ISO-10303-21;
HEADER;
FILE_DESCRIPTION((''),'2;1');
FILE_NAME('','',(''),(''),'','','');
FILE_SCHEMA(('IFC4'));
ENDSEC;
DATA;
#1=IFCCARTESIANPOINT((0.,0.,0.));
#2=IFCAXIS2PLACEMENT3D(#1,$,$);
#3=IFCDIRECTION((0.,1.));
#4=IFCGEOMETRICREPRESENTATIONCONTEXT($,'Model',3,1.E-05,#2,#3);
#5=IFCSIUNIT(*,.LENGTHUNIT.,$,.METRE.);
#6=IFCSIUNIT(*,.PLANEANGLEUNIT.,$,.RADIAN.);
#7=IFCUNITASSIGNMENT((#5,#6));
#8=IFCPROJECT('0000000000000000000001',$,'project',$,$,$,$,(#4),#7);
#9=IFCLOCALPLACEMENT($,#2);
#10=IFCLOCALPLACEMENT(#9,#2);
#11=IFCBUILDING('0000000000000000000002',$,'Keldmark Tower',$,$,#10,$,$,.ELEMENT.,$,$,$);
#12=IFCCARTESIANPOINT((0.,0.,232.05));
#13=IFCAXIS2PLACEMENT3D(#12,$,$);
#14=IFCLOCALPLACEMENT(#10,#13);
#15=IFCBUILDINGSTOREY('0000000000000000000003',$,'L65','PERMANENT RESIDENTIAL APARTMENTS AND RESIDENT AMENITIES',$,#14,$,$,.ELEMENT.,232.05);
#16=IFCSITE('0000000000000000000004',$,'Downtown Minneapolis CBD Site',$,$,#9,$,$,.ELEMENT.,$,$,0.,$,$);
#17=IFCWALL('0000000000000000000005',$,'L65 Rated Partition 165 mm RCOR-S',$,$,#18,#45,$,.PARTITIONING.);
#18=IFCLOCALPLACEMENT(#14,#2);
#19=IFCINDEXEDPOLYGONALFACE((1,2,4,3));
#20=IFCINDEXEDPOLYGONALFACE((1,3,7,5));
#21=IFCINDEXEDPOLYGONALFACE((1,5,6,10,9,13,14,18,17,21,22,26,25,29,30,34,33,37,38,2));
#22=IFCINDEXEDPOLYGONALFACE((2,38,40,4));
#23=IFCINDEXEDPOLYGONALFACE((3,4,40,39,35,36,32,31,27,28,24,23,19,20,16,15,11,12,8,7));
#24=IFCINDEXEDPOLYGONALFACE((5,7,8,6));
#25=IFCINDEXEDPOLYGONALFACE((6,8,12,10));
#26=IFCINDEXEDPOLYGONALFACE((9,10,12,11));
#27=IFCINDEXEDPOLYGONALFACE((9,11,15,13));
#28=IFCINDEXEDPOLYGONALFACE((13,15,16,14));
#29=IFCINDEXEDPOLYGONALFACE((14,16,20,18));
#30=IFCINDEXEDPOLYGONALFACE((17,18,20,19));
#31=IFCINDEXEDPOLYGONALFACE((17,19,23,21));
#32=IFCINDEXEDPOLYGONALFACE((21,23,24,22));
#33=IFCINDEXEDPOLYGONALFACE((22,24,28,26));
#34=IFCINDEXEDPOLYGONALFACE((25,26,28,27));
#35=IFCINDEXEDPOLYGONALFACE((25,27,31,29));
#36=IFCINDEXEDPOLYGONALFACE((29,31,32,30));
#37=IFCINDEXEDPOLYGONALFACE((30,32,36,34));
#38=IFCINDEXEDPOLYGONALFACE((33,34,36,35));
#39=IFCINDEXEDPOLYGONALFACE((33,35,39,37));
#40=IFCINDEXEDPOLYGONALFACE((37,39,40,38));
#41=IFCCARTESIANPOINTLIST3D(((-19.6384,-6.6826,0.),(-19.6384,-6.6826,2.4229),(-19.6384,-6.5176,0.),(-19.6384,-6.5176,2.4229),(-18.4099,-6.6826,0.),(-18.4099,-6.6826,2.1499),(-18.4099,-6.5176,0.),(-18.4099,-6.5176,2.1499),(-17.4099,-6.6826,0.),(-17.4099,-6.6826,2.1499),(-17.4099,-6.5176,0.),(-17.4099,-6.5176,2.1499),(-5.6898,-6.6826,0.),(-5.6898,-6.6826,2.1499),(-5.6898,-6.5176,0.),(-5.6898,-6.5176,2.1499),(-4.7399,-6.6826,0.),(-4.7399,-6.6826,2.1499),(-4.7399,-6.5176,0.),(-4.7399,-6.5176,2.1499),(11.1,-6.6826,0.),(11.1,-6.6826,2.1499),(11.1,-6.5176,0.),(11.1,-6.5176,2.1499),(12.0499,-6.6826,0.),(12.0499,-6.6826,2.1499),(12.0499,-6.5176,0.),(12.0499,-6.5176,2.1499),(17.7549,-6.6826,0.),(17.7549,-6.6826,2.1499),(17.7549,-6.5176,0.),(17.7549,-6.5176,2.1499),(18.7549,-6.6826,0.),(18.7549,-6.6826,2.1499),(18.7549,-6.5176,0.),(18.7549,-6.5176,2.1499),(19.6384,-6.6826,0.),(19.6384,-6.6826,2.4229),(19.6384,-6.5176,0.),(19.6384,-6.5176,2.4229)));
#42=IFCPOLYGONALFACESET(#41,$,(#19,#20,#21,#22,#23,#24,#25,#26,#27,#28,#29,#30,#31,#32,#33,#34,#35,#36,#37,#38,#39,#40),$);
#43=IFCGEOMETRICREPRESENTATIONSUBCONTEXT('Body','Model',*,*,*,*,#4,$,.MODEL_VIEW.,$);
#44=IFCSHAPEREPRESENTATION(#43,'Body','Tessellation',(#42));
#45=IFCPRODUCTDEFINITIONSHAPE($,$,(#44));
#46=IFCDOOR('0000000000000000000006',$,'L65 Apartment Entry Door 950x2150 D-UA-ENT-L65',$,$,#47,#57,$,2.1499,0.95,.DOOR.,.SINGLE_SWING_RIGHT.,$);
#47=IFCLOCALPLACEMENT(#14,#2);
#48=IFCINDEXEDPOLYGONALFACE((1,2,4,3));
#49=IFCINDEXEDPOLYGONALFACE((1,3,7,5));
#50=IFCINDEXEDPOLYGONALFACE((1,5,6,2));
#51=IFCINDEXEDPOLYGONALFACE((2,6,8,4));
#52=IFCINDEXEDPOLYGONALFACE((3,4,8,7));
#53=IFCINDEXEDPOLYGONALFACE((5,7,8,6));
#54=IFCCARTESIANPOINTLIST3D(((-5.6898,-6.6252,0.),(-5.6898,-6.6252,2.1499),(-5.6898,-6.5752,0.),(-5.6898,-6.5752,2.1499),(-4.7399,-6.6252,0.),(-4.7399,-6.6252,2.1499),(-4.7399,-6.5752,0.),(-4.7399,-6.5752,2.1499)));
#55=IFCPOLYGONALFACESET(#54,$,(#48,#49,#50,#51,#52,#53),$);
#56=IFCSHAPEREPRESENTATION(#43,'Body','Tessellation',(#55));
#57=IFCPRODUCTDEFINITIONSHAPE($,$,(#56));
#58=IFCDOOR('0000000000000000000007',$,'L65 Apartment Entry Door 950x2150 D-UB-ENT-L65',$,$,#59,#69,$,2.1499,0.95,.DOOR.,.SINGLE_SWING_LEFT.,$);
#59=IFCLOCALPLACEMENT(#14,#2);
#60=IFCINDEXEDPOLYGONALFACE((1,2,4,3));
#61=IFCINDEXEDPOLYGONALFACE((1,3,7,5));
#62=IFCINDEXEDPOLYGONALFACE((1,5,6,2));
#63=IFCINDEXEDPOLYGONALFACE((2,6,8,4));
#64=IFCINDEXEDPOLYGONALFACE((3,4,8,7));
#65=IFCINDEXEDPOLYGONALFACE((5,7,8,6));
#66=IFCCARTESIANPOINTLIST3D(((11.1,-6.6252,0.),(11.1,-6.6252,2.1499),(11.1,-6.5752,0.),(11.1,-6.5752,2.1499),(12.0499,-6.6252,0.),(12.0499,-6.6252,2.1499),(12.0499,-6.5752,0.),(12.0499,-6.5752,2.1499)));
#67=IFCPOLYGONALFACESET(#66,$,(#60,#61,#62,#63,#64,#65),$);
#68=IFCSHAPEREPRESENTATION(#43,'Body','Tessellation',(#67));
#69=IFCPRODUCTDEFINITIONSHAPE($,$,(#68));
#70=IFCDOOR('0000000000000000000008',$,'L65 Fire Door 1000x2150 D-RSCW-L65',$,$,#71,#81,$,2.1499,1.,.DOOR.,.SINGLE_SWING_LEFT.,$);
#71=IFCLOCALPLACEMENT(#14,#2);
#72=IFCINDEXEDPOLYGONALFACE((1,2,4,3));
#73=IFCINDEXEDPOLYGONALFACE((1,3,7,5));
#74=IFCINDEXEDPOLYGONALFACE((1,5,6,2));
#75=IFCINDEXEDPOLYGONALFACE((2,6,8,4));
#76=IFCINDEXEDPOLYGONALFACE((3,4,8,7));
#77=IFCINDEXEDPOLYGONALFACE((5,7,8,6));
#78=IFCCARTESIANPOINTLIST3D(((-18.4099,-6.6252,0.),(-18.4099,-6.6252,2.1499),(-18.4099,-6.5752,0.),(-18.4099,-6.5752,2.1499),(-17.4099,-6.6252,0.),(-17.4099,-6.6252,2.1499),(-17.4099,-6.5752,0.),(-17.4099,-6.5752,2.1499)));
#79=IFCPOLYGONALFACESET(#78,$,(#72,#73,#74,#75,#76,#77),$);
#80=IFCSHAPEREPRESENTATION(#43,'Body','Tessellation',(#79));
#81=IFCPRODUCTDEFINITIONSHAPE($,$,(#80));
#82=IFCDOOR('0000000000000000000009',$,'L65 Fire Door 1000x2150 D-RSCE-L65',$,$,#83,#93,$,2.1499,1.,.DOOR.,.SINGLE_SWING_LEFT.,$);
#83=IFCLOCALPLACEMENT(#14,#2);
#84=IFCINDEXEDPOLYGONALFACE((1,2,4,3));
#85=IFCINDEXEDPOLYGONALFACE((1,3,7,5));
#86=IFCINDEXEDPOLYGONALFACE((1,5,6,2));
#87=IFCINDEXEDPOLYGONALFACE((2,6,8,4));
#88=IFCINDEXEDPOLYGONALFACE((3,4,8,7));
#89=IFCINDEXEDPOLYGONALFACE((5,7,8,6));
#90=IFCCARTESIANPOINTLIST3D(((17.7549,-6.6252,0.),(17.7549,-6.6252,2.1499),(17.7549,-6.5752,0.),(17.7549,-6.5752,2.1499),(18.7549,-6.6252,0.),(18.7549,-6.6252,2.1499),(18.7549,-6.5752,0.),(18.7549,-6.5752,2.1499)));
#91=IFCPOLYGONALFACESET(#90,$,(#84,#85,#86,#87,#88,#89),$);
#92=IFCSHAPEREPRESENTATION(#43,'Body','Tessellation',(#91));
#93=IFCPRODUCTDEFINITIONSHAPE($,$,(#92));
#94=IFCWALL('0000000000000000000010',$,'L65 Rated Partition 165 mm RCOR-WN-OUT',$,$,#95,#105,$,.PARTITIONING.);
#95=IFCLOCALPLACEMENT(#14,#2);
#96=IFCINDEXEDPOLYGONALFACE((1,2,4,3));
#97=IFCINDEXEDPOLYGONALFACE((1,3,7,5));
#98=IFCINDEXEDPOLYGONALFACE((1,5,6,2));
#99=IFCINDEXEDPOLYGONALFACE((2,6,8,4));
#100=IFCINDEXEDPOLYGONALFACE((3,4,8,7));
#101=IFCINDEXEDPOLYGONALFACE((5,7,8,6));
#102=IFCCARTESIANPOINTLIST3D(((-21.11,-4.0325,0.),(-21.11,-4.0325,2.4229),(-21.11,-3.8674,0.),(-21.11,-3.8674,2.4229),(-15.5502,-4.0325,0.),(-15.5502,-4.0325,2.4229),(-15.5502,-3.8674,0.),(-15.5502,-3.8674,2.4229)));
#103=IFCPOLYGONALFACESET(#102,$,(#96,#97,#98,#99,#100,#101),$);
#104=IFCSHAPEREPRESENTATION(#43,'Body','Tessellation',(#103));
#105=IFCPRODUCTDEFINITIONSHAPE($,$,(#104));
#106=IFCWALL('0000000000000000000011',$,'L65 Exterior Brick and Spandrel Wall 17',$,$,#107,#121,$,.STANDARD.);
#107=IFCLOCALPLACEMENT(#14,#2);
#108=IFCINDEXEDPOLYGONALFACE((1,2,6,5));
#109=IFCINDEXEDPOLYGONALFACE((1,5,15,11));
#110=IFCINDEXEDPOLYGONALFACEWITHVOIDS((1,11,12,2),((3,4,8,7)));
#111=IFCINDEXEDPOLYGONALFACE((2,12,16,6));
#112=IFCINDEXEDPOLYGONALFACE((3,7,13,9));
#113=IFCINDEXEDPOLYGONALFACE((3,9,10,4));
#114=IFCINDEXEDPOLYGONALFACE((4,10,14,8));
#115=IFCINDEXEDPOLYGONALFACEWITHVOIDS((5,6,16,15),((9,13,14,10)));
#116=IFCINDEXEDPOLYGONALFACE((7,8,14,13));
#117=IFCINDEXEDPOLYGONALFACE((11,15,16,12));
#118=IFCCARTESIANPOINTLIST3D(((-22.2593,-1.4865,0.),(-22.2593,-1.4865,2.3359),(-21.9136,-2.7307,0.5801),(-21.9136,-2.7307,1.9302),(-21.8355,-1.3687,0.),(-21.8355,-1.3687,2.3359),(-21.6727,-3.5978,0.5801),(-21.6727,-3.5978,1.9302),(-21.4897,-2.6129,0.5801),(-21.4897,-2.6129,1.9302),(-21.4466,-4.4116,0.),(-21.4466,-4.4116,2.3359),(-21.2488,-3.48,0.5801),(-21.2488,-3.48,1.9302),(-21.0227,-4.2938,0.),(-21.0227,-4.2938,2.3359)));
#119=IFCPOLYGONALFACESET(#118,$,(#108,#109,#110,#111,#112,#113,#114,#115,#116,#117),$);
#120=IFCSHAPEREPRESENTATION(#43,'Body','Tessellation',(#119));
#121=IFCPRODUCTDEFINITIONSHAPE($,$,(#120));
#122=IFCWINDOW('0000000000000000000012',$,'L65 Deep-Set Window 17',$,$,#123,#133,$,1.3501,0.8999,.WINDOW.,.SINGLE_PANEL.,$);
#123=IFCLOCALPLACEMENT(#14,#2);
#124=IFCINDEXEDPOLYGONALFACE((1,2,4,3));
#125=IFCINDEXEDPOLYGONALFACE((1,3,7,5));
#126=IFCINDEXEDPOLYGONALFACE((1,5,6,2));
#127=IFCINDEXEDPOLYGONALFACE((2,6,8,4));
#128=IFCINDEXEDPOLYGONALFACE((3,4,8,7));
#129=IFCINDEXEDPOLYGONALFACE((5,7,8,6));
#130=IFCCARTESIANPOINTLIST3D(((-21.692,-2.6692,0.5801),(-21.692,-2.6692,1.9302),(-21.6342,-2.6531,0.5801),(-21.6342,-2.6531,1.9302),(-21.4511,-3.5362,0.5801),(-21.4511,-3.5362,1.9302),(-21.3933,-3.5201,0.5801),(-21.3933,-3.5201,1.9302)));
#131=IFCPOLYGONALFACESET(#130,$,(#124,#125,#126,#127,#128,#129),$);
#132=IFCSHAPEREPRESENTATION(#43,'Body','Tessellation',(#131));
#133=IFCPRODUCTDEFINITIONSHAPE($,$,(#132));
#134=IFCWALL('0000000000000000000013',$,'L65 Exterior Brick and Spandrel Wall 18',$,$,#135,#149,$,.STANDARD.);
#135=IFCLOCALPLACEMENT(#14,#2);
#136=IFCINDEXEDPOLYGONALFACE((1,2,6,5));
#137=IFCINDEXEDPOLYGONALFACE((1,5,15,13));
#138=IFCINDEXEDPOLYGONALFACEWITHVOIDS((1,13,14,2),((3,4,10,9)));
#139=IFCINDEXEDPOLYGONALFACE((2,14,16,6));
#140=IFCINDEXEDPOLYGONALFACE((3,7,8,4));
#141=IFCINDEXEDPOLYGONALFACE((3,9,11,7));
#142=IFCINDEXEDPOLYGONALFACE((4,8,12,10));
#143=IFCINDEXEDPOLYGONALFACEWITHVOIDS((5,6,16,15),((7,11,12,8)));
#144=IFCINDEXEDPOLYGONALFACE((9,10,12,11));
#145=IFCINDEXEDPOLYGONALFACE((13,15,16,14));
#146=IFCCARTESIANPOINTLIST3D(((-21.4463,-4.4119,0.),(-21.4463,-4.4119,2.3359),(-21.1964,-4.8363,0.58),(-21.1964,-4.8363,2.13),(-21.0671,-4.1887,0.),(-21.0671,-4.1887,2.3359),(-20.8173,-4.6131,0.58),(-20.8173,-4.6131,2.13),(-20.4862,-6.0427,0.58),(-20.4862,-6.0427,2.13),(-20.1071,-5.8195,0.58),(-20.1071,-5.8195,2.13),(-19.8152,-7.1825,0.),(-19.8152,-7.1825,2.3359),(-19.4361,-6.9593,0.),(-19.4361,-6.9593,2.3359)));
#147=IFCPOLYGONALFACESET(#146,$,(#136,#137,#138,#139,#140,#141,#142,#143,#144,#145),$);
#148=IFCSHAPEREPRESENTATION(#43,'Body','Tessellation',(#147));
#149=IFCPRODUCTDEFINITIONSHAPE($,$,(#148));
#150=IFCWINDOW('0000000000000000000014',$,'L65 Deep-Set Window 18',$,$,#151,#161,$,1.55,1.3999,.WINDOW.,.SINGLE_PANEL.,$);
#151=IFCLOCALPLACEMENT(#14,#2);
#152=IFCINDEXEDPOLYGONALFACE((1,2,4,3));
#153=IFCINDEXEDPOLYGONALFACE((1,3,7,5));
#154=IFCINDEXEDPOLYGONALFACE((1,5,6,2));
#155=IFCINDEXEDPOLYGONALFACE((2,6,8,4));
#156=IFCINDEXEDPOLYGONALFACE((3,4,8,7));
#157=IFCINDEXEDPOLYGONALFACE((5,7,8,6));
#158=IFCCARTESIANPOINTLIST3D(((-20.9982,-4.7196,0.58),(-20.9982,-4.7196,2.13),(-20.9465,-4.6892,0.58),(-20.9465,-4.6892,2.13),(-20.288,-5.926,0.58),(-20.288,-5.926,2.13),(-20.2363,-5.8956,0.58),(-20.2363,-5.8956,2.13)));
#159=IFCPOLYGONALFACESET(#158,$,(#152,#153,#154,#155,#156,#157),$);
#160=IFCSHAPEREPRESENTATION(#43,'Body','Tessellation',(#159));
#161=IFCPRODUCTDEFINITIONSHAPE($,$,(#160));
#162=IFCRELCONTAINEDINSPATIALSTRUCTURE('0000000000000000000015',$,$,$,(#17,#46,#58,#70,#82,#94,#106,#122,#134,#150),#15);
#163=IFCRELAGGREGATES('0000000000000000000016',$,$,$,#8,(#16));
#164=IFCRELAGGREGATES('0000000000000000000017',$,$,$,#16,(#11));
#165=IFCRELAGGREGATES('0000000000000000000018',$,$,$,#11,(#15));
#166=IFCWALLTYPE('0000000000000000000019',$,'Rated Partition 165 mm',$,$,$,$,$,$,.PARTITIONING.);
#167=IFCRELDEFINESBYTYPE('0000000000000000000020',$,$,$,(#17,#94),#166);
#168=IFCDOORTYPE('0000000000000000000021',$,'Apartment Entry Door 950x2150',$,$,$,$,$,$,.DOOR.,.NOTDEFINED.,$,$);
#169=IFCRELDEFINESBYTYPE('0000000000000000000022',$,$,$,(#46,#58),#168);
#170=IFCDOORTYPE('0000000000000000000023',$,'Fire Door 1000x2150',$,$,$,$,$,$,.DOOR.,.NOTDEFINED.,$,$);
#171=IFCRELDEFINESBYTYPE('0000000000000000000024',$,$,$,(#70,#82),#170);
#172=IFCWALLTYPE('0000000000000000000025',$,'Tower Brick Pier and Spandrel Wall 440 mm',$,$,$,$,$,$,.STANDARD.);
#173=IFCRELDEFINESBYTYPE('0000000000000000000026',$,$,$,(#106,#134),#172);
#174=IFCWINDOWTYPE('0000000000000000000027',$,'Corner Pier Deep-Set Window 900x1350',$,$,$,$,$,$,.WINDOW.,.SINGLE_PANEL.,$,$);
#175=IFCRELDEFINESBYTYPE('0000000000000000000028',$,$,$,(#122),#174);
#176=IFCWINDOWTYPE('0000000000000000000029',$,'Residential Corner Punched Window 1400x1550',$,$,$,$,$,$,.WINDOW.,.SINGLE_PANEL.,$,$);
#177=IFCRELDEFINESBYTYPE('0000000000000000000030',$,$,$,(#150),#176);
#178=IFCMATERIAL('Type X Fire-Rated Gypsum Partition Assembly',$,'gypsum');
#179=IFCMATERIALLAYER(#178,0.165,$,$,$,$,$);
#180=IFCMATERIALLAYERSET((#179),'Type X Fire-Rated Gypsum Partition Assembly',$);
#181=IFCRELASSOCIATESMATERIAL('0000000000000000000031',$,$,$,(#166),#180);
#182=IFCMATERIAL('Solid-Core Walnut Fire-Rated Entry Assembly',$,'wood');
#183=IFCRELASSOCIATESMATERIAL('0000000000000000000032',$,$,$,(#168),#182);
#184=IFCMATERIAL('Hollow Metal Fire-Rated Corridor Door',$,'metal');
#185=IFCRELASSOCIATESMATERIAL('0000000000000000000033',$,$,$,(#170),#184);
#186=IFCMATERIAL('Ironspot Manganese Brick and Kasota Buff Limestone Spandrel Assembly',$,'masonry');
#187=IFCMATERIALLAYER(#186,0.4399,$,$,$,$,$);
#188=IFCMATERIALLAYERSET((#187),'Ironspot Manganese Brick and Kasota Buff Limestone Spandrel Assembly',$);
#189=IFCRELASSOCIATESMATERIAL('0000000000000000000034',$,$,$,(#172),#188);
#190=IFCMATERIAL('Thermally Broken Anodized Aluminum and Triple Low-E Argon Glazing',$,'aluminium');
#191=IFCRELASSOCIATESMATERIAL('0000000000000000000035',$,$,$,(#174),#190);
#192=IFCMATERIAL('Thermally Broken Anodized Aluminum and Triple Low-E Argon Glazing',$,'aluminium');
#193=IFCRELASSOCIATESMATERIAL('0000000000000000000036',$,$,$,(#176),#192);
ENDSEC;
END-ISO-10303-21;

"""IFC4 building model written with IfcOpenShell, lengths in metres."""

from ifc_helpers import new_model, si_unit, direction, frame, frame_2d, origin, place, context, subcontext, project, spatial, rectangle, extrude, material, layer, layer_set, type_object, element, fill, save


model = new_model("IFC4")

# Units and contexts
model_context = context("Model", 3, precision=1e-05, world=origin(), true_north=direction((0.0, 1.0)))
body_context = subcontext(model_context, "Body", "Model", "MODEL_VIEW")
ifc_project = project(units=[si_unit("LENGTHUNIT", "METRE"), si_unit("PLANEANGLEUNIT", "RADIAN")], contexts=[model_context])

# Site, building, storey
site_placement = place(None, origin())
site = spatial("IfcSite", under=ifc_project, at=site_placement, Name="Downtown Minneapolis CBD Site", CompositionType="ELEMENT", RefElevation=0.0)
building_placement = place(site_placement, origin())
building = spatial("IfcBuilding", under=site, at=building_placement, Name="Keldmark Tower", CompositionType="ELEMENT")
storey_placement = place(building_placement, frame((0.0, 0.0, 232.05)))
storey = spatial("IfcBuildingStorey", under=building, at=storey_placement, Name="L65", Description="PERMANENT RESIDENTIAL APARTMENTS AND RESIDENT AMENITIES", CompositionType="ELEMENT", Elevation=232.05)

# Wall, openings, doors
ifc_material_1 = material(Name="Type X Fire-Rated Gypsum Partition Assembly", Category="gypsum")
ifc_layer_1 = layer(ifc_material_1, 0.165)
ifc_layer_set_1 = layer_set([ifc_layer_1], Name="Type X Fire-Rated Gypsum Partition Assembly")
wall_type_1 = type_object("IfcWallType", Name="Rated Partition 165 mm", PredefinedType="PARTITIONING", material=ifc_layer_set_1)
wall_1_placement = place(storey_placement, frame((-19.6384, -6.6001, 0.0), z_axis=(0.0, 0.0, 1.0), x_axis=(1.0, 0.0, 0.0)))
wall_1 = element("IfcWall", 1, at=wall_1_placement, inside=storey, type_object=wall_type_1, Name="L65 Rated Partition 165 mm RCOR-S", PredefinedType="PARTITIONING", context=body_context, shape_type="SweptSolid", body=[
    extrude(rectangle(XDim=39.2769, YDim=0.165, at=frame_2d((19.6384, 0.0))), origin(), (0.0, 0.0, 1.0), 2.4229),
])
opening_1_placement = place(wall_1_placement, frame((1.2285, 0.0, 0.0)))
opening_1 = element("IfcOpeningElement", 2, at=opening_1_placement, cuts=wall_1, PredefinedType="OPENING", context=body_context, shape_type="SweptSolid", body=[
    extrude(rectangle(XDim=1.0, YDim=2.1499, at=frame_2d((0.5, 1.075))), frame((0.0, 0.0925, 0.0), z_axis=(0.0, -1.0, 0.0), x_axis=(1.0, 0.0, 0.0)), (0.0, 0.0, 1.0), 0.1851),
])
opening_2_placement = place(wall_1_placement, frame((37.3933, 0.0, 0.0)))
opening_2 = element("IfcOpeningElement", 3, at=opening_2_placement, cuts=wall_1, PredefinedType="OPENING", context=body_context, shape_type="SweptSolid", body=[
    extrude(rectangle(XDim=1.0, YDim=2.1499, at=frame_2d((0.5, 1.075))), frame((0.0, 0.0925, 0.0), z_axis=(0.0, -1.0, 0.0), x_axis=(1.0, 0.0, 0.0)), (0.0, 0.0, 1.0), 0.1851),
])
opening_3_placement = place(wall_1_placement, frame((13.9485, 0.0, 0.0)))
opening_3 = element("IfcOpeningElement", 4, at=opening_3_placement, cuts=wall_1, PredefinedType="OPENING", context=body_context, shape_type="SweptSolid", body=[
    extrude(rectangle(XDim=0.95, YDim=2.1499, at=frame_2d((0.4751, 1.075))), frame((0.0, 0.0925, 0.0), z_axis=(0.0, -1.0, 0.0), x_axis=(1.0, 0.0, 0.0)), (0.0, 0.0, 1.0), 0.1851),
])
opening_4_placement = place(wall_1_placement, frame((30.7383, 0.0, 0.0)))
opening_4 = element("IfcOpeningElement", 5, at=opening_4_placement, cuts=wall_1, PredefinedType="OPENING", context=body_context, shape_type="SweptSolid", body=[
    extrude(rectangle(XDim=0.95, YDim=2.1499, at=frame_2d((0.4751, 1.075))), frame((0.0, 0.0925, 0.0), z_axis=(0.0, -1.0, 0.0), x_axis=(1.0, 0.0, 0.0)), (0.0, 0.0, 1.0), 0.1851),
])
ifc_material_2 = material(Name="Solid-Core Walnut Fire-Rated Entry Assembly", Category="wood")
door_type_1 = type_object("IfcDoorType", Name="Apartment Entry Door 950x2150", OperationType="NOTDEFINED", PredefinedType="DOOR", material=ifc_material_2)
door_1_placement = place(opening_3_placement, origin())
door_1 = element("IfcDoor", 6, at=door_1_placement, inside=storey, type_object=door_type_1, Name="L65 Apartment Entry Door 950x2150 D-UA-ENT-L65", OperationType="SINGLE_SWING_RIGHT", OverallHeight=2.1499, OverallWidth=0.95, PredefinedType="DOOR", context=body_context, shape_type="SweptSolid", body=[
    extrude(rectangle(XDim=0.95, YDim=2.1499, at=frame_2d((0.4751, 1.075))), frame((0.0, 0.0249, 0.0), z_axis=(0.0, -1.0, 0.0), x_axis=(1.0, 0.0, 0.0)), (0.0, 0.0, 1.0), 0.05),
])
fill(opening_3, door_1)
door_2_placement = place(opening_4_placement, origin())
door_2 = element("IfcDoor", 7, at=door_2_placement, inside=storey, type_object=door_type_1, Name="L65 Apartment Entry Door 950x2150 D-UB-ENT-L65", OperationType="SINGLE_SWING_LEFT", OverallHeight=2.1499, OverallWidth=0.95, PredefinedType="DOOR", context=body_context, shape_type="SweptSolid", body=[
    extrude(rectangle(XDim=0.95, YDim=2.1499, at=frame_2d((0.4751, 1.075))), frame((0.0, 0.0249, 0.0), z_axis=(0.0, -1.0, 0.0), x_axis=(1.0, 0.0, 0.0)), (0.0, 0.0, 1.0), 0.05),
])
fill(opening_4, door_2)
ifc_material_3 = material(Name="Hollow Metal Fire-Rated Corridor Door", Category="metal")
door_type_2 = type_object("IfcDoorType", Name="Fire Door 1000x2150", OperationType="NOTDEFINED", PredefinedType="DOOR", material=ifc_material_3)
door_3_placement = place(opening_1_placement, origin())
door_3 = element("IfcDoor", 8, at=door_3_placement, inside=storey, type_object=door_type_2, Name="L65 Fire Door 1000x2150 D-RSCW-L65", OperationType="SINGLE_SWING_LEFT", OverallHeight=2.1499, OverallWidth=1.0, PredefinedType="DOOR", context=body_context, shape_type="SweptSolid", body=[
    extrude(rectangle(XDim=1.0, YDim=2.1499, at=frame_2d((0.5, 1.075))), frame((0.0, 0.0249, 0.0), z_axis=(0.0, -1.0, 0.0), x_axis=(1.0, 0.0, 0.0)), (0.0, 0.0, 1.0), 0.05),
])
fill(opening_1, door_3)
door_4_placement = place(opening_2_placement, origin())
door_4 = element("IfcDoor", 9, at=door_4_placement, inside=storey, type_object=door_type_2, Name="L65 Fire Door 1000x2150 D-RSCE-L65", OperationType="SINGLE_SWING_LEFT", OverallHeight=2.1499, OverallWidth=1.0, PredefinedType="DOOR", context=body_context, shape_type="SweptSolid", body=[
    extrude(rectangle(XDim=1.0, YDim=2.1499, at=frame_2d((0.5, 1.075))), frame((0.0, 0.0249, 0.0), z_axis=(0.0, -1.0, 0.0), x_axis=(1.0, 0.0, 0.0)), (0.0, 0.0, 1.0), 0.05),
])
fill(opening_2, door_4)

# Wall
wall_2_placement = place(storey_placement, frame((-21.1099, -3.95, 0.0), z_axis=(0.0, 0.0, 1.0), x_axis=(1.0, 0.0, 0.0)))
element("IfcWall", 10, at=wall_2_placement, inside=storey, type_object=wall_type_1, Name="L65 Rated Partition 165 mm RCOR-WN-OUT", PredefinedType="PARTITIONING", context=body_context, shape_type="SweptSolid", body=[
    extrude(rectangle(XDim=5.5598, YDim=0.165, at=frame_2d((2.7798, 0.0))), origin(), (0.0, 0.0, 1.0), 2.4229),
])

# Walls, openings, windows
ifc_material_4 = material(Name="Ironspot Manganese Brick and Kasota Buff Limestone Spandrel Assembly", Category="masonry")
ifc_layer_2 = layer(ifc_material_4, 0.4399)
ifc_layer_set_2 = layer_set([ifc_layer_2], Name="Ironspot Manganese Brick and Kasota Buff Limestone Spandrel Assembly")
wall_type_2 = type_object("IfcWallType", Name="Tower Brick Pier and Spandrel Wall 440 mm", PredefinedType="STANDARD", material=ifc_layer_set_2)
wall_3_placement = place(storey_placement, frame((-21.2346, -4.3528, 0.0), z_axis=(0.0, 0.0, 1.0), x_axis=(-0.267714, 0.963498, 0.0)))
wall_3 = element("IfcWall", 11, at=wall_3_placement, inside=storey, type_object=wall_type_2, Name="L65 Exterior Brick and Spandrel Wall 17", PredefinedType="STANDARD", context=body_context, shape_type="SweptSolid", body=[
    extrude(rectangle(XDim=3.0359, YDim=0.4399, at=frame_2d((1.5181, 0.0))), origin(), (0.0, 0.0, 1.0), 2.3359),
])
opening_5_placement = place(wall_3_placement, frame((0.8447, 0.0, 0.5801)))
opening_5 = element("IfcOpeningElement", 12, at=opening_5_placement, cuts=wall_3, PredefinedType="OPENING", context=body_context, shape_type="SweptSolid", body=[
    extrude(rectangle(XDim=0.8999, YDim=1.3501, at=frame_2d((0.45, 0.675))), frame((0.0, 0.23, 0.0), z_axis=(0.0, -1.0, 0.0), x_axis=(1.0, 0.0, 0.0)), (0.0, 0.0, 1.0), 0.46),
])
ifc_material_5 = material(Name="Thermally Broken Anodized Aluminum and Triple Low-E Argon Glazing", Category="aluminium")
window_type_1 = type_object("IfcWindowType", Name="Corner Pier Deep-Set Window 900x1350", PartitioningType="SINGLE_PANEL", PredefinedType="WINDOW", material=ifc_material_5)
window_1_placement = place(opening_5_placement, origin())
window_1 = element("IfcWindow", 13, at=window_1_placement, inside=storey, type_object=window_type_1, Name="L65 Deep-Set Window 17", OverallHeight=1.3501, OverallWidth=0.8999, PartitioningType="SINGLE_PANEL", PredefinedType="WINDOW", context=body_context, shape_type="SweptSolid", body=[
    extrude(rectangle(XDim=0.8999, YDim=1.3501, at=frame_2d((0.45, 0.675))), frame((0.0, -0.01, 0.0), z_axis=(0.0, -1.0, 0.0), x_axis=(1.0, 0.0, 0.0)), (0.0, 0.0, 1.0), 0.0601),
])
fill(opening_5, window_1)
wall_4_placement = place(storey_placement, frame((-19.6257, -7.0708, 0.0), z_axis=(0.0, 0.0, 1.0), x_axis=(-0.507309, 0.861764, 0.0)))
wall_4 = element("IfcWall", 14, at=wall_4_placement, inside=storey, type_object=wall_type_2, Name="L65 Exterior Brick and Spandrel Wall 18", PredefinedType="STANDARD", context=body_context, shape_type="SweptSolid", body=[
    extrude(rectangle(XDim=3.2151, YDim=0.4399, at=frame_2d((1.6074, 0.0))), origin(), (0.0, 0.0, 1.0), 2.3359),
])
opening_6_placement = place(wall_4_placement, frame((1.3225, 0.0, 0.5801)))
opening_6 = element("IfcOpeningElement", 15, at=opening_6_placement, cuts=wall_4, PredefinedType="OPENING", context=body_context, shape_type="SweptSolid", body=[
    extrude(rectangle(XDim=1.3999, YDim=1.55, at=frame_2d((0.7, 0.7749))), frame((0.0, 0.23, 0.0), z_axis=(0.0, -1.0, 0.0), x_axis=(1.0, 0.0, 0.0)), (0.0, 0.0, 1.0), 0.46),
])
ifc_material_6 = material(Name="Thermally Broken Anodized Aluminum and Triple Low-E Argon Glazing", Category="aluminium")
window_type_2 = type_object("IfcWindowType", Name="Residential Corner Punched Window 1400x1550", PartitioningType="SINGLE_PANEL", PredefinedType="WINDOW", material=ifc_material_6)
window_2_placement = place(opening_6_placement, origin())
window_2 = element("IfcWindow", 16, at=window_2_placement, inside=storey, type_object=window_type_2, Name="L65 Deep-Set Window 18", OverallHeight=1.55, OverallWidth=1.3999, PartitioningType="SINGLE_PANEL", PredefinedType="WINDOW", context=body_context, shape_type="SweptSolid", body=[
    extrude(rectangle(XDim=1.3999, YDim=1.55, at=frame_2d((0.7, 0.7749))), frame((0.0, -0.01, 0.0), z_axis=(0.0, -1.0, 0.0), x_axis=(1.0, 0.0, 0.0)), (0.0, 0.0, 1.0), 0.0601),
])
fill(opening_6, window_2)

save(model, "model.ifc")
